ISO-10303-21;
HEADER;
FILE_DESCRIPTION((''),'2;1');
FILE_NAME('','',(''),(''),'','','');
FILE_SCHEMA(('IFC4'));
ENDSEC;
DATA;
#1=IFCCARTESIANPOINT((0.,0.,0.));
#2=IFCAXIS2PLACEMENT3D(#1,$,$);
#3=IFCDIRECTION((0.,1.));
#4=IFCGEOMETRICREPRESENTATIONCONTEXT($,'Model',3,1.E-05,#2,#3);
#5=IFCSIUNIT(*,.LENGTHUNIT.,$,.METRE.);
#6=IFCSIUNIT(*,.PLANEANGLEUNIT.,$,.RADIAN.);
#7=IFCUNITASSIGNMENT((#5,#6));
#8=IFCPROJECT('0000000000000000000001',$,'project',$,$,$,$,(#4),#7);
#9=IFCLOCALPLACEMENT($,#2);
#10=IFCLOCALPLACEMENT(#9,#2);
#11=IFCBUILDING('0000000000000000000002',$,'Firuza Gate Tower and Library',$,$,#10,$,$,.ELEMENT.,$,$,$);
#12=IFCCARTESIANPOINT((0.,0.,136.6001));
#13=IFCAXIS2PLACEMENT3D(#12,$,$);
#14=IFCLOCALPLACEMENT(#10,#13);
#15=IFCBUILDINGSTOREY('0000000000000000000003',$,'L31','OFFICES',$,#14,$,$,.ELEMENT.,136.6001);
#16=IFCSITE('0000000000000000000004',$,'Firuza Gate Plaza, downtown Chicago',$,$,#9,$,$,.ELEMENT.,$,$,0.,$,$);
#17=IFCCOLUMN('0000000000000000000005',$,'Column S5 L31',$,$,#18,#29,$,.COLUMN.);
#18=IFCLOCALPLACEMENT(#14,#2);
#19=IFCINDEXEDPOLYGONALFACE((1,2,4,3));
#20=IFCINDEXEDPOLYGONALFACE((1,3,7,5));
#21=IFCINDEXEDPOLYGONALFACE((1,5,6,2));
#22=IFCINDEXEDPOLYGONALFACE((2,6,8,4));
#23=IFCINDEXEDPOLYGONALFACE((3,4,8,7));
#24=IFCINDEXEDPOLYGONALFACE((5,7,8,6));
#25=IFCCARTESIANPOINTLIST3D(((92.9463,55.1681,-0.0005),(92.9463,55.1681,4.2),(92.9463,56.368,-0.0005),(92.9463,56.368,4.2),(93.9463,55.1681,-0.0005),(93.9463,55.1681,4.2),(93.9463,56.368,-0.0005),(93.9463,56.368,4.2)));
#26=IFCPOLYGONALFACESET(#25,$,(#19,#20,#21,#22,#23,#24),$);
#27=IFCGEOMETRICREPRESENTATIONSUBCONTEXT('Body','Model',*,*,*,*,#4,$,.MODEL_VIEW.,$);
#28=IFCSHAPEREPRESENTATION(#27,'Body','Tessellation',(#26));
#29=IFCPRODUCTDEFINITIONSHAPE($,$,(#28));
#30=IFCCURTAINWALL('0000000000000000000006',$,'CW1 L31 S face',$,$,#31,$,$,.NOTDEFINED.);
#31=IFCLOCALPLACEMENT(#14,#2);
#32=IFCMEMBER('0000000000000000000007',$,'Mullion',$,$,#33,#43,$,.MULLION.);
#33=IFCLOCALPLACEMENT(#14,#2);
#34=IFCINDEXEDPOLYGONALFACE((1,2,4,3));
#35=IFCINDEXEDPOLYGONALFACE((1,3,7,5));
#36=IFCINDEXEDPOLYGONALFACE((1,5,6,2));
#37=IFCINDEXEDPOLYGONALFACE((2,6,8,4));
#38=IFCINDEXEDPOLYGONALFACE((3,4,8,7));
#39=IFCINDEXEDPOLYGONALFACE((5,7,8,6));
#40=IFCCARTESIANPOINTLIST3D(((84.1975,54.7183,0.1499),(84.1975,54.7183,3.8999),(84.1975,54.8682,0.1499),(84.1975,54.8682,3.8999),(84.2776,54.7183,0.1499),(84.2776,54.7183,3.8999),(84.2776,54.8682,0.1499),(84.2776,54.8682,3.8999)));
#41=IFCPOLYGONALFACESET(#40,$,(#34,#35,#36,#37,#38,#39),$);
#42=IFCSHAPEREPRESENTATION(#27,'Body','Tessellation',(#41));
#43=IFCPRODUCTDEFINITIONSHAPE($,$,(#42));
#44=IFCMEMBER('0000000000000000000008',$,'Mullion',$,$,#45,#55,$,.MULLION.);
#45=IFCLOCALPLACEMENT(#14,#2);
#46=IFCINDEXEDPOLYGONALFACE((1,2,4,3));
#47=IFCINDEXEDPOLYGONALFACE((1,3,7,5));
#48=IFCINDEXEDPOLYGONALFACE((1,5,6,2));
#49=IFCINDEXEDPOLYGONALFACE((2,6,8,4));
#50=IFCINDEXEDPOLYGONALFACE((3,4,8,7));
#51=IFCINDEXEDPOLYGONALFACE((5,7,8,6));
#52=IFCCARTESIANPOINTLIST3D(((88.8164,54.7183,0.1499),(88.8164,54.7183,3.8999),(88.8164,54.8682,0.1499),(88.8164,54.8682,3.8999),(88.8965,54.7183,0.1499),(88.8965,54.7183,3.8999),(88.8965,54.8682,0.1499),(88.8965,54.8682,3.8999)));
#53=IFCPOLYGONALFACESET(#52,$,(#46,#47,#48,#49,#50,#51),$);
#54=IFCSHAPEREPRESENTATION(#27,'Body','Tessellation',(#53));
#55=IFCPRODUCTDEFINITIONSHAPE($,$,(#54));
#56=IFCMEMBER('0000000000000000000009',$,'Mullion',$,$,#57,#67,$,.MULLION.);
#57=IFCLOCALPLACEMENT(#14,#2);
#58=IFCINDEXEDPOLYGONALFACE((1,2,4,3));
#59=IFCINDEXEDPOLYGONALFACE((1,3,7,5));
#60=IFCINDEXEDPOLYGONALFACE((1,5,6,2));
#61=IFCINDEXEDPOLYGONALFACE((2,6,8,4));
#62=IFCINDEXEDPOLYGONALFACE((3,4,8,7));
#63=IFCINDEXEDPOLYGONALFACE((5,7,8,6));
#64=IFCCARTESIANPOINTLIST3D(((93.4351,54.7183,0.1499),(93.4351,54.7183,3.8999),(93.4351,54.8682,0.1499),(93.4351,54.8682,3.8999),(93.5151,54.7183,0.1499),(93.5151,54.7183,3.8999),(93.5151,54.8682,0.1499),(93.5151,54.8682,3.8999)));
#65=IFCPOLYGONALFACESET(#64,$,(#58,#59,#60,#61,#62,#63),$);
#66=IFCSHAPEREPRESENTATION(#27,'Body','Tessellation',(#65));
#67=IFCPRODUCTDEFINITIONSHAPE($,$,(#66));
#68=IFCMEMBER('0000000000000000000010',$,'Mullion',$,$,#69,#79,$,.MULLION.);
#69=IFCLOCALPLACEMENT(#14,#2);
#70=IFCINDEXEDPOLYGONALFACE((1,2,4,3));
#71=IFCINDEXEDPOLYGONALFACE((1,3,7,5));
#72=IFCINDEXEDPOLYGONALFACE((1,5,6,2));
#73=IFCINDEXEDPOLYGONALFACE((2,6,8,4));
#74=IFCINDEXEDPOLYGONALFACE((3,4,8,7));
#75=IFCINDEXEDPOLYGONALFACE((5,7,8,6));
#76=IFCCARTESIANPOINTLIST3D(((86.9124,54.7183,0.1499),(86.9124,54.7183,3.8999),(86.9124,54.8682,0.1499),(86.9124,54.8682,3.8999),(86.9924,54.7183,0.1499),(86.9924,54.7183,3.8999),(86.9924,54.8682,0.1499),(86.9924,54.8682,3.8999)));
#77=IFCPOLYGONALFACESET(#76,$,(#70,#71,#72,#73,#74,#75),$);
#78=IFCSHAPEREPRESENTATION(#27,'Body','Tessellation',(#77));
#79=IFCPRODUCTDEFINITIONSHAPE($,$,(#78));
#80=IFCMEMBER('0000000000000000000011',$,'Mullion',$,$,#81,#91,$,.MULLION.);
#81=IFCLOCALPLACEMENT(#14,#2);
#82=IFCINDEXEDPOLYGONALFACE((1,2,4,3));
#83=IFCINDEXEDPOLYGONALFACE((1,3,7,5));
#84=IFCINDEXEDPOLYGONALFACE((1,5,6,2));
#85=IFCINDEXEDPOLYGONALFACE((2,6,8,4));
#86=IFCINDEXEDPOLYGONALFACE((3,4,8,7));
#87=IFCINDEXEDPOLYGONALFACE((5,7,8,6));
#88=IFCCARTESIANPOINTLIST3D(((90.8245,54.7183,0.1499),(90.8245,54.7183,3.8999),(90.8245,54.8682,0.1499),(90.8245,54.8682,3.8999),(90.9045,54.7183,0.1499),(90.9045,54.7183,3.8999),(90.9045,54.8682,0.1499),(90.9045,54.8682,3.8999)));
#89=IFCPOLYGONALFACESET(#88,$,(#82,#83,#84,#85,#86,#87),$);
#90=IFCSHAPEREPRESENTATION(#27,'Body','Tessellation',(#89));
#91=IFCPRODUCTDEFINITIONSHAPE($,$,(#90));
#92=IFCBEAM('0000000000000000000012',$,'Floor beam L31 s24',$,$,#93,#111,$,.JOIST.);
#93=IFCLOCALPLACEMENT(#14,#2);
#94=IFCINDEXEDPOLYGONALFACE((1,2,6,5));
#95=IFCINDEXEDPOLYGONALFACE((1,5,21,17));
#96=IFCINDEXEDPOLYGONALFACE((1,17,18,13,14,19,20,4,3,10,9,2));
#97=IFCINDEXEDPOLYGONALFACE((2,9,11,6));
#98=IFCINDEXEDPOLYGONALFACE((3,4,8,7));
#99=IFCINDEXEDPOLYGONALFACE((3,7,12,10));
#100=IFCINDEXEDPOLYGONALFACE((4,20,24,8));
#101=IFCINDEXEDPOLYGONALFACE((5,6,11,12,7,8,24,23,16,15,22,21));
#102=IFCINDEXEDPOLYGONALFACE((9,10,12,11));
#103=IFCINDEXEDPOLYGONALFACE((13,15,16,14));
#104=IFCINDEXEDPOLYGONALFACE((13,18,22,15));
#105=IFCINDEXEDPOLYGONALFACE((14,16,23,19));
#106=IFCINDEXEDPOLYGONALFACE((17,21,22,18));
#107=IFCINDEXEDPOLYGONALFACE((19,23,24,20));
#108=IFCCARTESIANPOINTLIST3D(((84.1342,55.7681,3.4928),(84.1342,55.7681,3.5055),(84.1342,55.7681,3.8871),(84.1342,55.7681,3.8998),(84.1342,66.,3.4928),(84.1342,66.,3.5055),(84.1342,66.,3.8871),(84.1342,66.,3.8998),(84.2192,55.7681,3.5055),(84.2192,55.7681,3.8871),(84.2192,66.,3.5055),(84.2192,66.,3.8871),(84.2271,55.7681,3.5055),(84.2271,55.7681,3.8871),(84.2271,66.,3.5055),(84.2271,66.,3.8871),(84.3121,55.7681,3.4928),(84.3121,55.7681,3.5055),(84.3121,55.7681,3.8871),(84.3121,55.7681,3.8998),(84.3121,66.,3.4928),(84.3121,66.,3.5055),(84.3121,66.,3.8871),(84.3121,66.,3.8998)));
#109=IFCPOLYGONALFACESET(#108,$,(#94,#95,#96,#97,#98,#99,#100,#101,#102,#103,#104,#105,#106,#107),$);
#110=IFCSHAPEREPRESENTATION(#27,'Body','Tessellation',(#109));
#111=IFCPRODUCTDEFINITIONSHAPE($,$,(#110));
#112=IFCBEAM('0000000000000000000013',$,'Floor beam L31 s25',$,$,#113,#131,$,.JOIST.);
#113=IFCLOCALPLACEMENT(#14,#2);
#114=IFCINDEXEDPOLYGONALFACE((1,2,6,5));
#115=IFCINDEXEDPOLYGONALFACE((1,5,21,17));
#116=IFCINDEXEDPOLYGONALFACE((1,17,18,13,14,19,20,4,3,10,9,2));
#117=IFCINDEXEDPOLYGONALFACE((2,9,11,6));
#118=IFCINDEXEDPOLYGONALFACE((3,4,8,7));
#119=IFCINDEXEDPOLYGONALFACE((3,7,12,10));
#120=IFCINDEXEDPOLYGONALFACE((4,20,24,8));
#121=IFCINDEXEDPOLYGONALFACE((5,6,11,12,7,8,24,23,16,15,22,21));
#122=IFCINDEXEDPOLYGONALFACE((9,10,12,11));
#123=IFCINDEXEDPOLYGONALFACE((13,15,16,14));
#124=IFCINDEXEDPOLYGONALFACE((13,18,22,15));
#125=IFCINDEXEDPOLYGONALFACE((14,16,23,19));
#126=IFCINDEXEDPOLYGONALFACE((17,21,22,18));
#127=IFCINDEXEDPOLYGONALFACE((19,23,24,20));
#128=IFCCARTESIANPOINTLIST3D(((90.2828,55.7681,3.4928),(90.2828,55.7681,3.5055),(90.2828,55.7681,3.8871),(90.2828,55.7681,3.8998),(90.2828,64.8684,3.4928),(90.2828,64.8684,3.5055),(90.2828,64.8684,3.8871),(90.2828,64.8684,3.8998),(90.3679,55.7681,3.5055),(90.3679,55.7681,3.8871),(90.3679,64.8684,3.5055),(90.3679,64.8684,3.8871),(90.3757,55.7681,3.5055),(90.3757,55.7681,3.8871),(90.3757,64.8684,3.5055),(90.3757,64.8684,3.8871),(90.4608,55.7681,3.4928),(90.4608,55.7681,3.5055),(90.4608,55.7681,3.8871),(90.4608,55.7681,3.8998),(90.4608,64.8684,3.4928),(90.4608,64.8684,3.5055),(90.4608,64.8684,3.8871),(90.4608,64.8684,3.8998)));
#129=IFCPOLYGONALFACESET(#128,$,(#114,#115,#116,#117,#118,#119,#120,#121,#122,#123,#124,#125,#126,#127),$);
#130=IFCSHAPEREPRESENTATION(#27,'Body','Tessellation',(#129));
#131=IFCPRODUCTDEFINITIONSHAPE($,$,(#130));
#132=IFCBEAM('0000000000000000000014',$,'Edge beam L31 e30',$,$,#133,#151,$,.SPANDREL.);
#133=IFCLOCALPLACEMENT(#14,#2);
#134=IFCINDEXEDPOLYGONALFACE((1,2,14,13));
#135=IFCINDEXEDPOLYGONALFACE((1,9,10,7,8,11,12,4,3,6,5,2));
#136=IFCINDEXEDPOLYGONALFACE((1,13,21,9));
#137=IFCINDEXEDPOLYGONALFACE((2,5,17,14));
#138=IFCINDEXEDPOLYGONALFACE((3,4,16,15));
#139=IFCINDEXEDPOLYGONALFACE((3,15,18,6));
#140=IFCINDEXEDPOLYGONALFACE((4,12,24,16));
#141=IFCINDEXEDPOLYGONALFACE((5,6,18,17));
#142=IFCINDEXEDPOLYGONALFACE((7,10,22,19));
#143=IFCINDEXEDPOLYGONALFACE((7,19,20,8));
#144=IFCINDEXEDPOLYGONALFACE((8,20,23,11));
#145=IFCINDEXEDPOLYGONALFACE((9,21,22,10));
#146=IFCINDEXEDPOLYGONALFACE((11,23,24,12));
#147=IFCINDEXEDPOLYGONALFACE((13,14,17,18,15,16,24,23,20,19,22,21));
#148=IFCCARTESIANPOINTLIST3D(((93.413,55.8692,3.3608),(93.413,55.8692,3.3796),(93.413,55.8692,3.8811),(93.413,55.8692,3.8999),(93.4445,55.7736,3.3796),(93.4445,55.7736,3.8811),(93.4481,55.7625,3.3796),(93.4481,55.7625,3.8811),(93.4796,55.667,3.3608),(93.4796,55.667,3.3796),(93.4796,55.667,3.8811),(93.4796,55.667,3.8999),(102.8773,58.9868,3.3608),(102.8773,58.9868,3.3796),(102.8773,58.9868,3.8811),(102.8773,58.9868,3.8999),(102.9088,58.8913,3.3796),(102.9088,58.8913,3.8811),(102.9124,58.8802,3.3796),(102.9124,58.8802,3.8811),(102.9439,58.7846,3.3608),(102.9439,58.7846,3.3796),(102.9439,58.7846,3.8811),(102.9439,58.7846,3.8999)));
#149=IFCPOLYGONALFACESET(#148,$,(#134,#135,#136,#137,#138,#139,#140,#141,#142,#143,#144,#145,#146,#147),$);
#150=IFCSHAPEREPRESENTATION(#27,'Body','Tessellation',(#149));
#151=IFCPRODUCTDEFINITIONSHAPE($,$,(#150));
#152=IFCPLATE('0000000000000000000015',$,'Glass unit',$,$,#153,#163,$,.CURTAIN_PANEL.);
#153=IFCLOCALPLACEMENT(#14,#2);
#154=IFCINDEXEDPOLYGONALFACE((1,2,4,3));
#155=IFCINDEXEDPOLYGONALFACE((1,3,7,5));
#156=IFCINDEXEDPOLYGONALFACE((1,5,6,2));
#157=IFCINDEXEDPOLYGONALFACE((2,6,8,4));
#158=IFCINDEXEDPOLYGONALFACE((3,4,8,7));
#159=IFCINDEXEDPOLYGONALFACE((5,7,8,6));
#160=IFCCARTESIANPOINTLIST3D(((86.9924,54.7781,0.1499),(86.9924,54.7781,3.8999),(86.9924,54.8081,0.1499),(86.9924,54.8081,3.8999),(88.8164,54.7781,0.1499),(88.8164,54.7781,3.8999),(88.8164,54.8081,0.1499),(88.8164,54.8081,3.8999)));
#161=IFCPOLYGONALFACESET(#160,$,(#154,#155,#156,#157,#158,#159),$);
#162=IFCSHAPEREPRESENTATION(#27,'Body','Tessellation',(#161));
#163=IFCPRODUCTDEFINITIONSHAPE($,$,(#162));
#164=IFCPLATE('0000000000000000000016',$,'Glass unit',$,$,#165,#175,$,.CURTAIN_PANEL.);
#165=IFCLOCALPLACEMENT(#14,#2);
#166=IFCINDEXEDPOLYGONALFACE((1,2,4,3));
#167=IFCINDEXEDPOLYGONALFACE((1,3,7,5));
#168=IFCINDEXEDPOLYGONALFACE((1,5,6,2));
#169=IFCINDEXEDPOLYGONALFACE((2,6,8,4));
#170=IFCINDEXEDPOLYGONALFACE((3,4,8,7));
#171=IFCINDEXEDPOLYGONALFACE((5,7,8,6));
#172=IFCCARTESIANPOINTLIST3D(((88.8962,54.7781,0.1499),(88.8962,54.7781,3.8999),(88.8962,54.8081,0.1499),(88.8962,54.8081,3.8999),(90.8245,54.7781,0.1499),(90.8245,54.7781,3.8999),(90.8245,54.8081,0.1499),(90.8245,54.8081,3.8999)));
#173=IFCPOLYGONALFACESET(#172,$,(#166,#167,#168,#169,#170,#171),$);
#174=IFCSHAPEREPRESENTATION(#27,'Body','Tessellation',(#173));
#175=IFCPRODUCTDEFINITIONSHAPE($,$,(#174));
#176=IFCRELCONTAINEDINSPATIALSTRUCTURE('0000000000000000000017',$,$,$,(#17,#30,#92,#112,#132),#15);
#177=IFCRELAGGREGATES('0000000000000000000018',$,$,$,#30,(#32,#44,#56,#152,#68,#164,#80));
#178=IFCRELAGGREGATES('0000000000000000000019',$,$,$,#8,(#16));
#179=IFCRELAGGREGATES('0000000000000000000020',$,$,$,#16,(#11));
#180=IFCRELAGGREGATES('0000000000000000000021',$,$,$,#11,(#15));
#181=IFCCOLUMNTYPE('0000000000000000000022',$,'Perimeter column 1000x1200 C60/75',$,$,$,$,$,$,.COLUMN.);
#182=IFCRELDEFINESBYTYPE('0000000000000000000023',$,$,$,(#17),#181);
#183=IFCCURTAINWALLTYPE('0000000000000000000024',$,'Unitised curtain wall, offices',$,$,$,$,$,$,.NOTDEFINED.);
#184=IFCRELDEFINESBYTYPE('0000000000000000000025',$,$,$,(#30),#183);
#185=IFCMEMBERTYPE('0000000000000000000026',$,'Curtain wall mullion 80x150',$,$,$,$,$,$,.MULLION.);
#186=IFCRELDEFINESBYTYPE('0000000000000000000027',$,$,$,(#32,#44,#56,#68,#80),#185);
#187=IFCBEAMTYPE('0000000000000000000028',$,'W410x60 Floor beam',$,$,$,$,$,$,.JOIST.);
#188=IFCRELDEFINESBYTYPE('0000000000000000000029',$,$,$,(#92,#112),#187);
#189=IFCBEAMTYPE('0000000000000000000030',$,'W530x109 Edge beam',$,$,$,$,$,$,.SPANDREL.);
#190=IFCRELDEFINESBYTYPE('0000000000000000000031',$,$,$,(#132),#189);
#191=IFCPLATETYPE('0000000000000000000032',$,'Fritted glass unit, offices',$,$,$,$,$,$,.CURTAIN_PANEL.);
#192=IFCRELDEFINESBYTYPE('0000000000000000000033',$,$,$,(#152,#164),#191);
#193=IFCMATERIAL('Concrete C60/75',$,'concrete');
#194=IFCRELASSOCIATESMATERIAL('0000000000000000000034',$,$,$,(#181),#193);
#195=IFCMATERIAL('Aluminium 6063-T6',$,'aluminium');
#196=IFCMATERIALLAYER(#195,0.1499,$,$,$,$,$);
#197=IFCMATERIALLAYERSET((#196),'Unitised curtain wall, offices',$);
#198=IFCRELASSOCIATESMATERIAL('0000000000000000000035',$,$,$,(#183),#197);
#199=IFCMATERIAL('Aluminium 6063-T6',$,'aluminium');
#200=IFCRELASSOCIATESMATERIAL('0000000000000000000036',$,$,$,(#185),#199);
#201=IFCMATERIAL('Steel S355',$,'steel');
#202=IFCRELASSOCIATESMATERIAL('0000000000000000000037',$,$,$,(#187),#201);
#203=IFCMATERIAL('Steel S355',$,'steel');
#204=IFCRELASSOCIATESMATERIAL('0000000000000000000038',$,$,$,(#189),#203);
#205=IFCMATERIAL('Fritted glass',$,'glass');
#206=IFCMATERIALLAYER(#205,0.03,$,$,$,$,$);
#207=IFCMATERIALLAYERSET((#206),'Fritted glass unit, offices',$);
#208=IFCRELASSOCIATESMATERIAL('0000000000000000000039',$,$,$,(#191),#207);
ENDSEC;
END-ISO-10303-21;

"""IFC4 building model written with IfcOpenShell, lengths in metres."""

from ifc_helpers import new_model, si_unit, direction, frame, origin, origin_2d, place, context, subcontext, project, spatial, polyline, rectangle, i_section, outline, extrude, material, layer, layer_set, material_profile, profile_set, type_object, element, aggregate, save


model = new_model("IFC4")

# Units and contexts
model_context = context("Model", 3, precision=1e-05, world=origin(), true_north=direction((0.0, 1.0)))
body_context = subcontext(model_context, "Body", "Model", "MODEL_VIEW")
ifc_project = project(units=[si_unit("LENGTHUNIT", "METRE"), si_unit("PLANEANGLEUNIT", "RADIAN")], contexts=[model_context])

# Site, building, storey
site_placement = place(None, origin())
site = spatial("IfcSite", under=ifc_project, at=site_placement, Name="Firuza Gate Plaza, downtown Chicago", CompositionType="ELEMENT", RefElevation=0.0)
building_placement = place(site_placement, origin())
building = spatial("IfcBuilding", under=site, at=building_placement, Name="Firuza Gate Tower and Library", CompositionType="ELEMENT")
storey_placement = place(building_placement, frame((0.0, 0.0, 136.6001)))
storey = spatial("IfcBuildingStorey", under=building, at=storey_placement, Name="L31", Description="OFFICES", CompositionType="ELEMENT", Elevation=136.6001)

# Column
ifc_material_1 = material(Name="Concrete C60/75", Category="concrete")
ifc_material_profile_1 = material_profile(ifc_material_1, rectangle(XDim=1.0, YDim=1.2, at=origin_2d()))
ifc_profile_set_1 = profile_set([ifc_material_profile_1], Name="Concrete C60/75")
column_type = type_object("IfcColumnType", Name="Perimeter column 1000x1200 C60/75", PredefinedType="COLUMN", material=ifc_profile_set_1)
column_placement = place(storey_placement, frame((93.4463, 55.7681, -0.0005), z_axis=(0.0, 0.0, 1.0), x_axis=(1.0, 0.0, 0.0)))
element("IfcColumn", 1, at=column_placement, inside=storey, type_object=column_type, Name="Column S5 L31", PredefinedType="COLUMN", context=body_context, shape_type="SweptSolid", body=[
    extrude(rectangle(XDim=1.0, YDim=1.2, at=origin_2d()), origin(), (0.0, 0.0, 1.0), 4.2004),
])

# Curtain wall, members
ifc_material_2 = material(Name="Aluminium 6063-T6", Category="aluminium")
ifc_layer_1 = layer(ifc_material_2, 0.1499)
ifc_layer_set_1 = layer_set([ifc_layer_1], Name="Unitised curtain wall, offices")
curtain_wall_type = type_object("IfcCurtainWallType", Name="Unitised curtain wall, offices", PredefinedType="NOTDEFINED", material=ifc_layer_set_1)
curtain_wall_placement = place(storey_placement, origin())
curtain_wall = element("IfcCurtainWall", 2, at=curtain_wall_placement, inside=storey, type_object=curtain_wall_type, Name="CW1 L31 S face", PredefinedType="NOTDEFINED")
ifc_material_3 = material(Name="Aluminium 6063-T6", Category="aluminium")
ifc_material_profile_2 = material_profile(ifc_material_3, rectangle(XDim=0.1499, YDim=0.0801, at=origin_2d()))
ifc_profile_set_2 = profile_set([ifc_material_profile_2], Name="Aluminium 6063-T6")
member_type = type_object("IfcMemberType", Name="Curtain wall mullion 80x150", PredefinedType="MULLION", material=ifc_profile_set_2)
member_1_placement = place(storey_placement, frame((84.2375, 54.7932, 0.1499), z_axis=(0.0, 0.0, 1.0), x_axis=(0.0, 1.0, 0.0)))
member_1 = element("IfcMember", 3, at=member_1_placement, type_object=member_type, Name="Mullion", PredefinedType="MULLION", context=body_context, shape_type="SweptSolid", body=[
    extrude(rectangle(XDim=0.1499, YDim=0.0801, at=origin_2d()), origin(), (0.0, 0.0, 1.0), 3.75),
])
member_2_placement = place(storey_placement, frame((88.8564, 54.7932, 0.1499), z_axis=(0.0, 0.0, 1.0), x_axis=(0.0, 1.0, 0.0)))
member_2 = element("IfcMember", 4, at=member_2_placement, type_object=member_type, Name="Mullion", PredefinedType="MULLION", context=body_context, shape_type="SweptSolid", body=[
    extrude(rectangle(XDim=0.1499, YDim=0.0801, at=origin_2d()), origin(), (0.0, 0.0, 1.0), 3.75),
])
member_3_placement = place(storey_placement, frame((93.4751, 54.7932, 0.1499), z_axis=(0.0, 0.0, 1.0), x_axis=(0.0, 1.0, 0.0)))
member_3 = element("IfcMember", 5, at=member_3_placement, type_object=member_type, Name="Mullion", PredefinedType="MULLION", context=body_context, shape_type="SweptSolid", body=[
    extrude(rectangle(XDim=0.1499, YDim=0.0801, at=origin_2d()), origin(), (0.0, 0.0, 1.0), 3.75),
])
member_4_placement = place(storey_placement, frame((86.9524, 54.7932, 0.1499), z_axis=(0.0, 0.0, 1.0), x_axis=(0.0, 1.0, 0.0)))
member_4 = element("IfcMember", 6, at=member_4_placement, type_object=member_type, Name="Mullion", PredefinedType="MULLION", context=body_context, shape_type="SweptSolid", body=[
    extrude(rectangle(XDim=0.1499, YDim=0.0801, at=origin_2d()), origin(), (0.0, 0.0, 1.0), 3.75),
])
member_5_placement = place(storey_placement, frame((90.8645, 54.7932, 0.1499), z_axis=(0.0, 0.0, 1.0), x_axis=(0.0, 1.0, 0.0)))
member_5 = element("IfcMember", 7, at=member_5_placement, type_object=member_type, Name="Mullion", PredefinedType="MULLION", context=body_context, shape_type="SweptSolid", body=[
    extrude(rectangle(XDim=0.1499, YDim=0.0801, at=origin_2d()), origin(), (0.0, 0.0, 1.0), 3.75),
])

# Beams
ifc_material_4 = material(Name="Steel S355", Category="steel")
ifc_material_profile_3 = material_profile(ifc_material_4, i_section(OverallWidth=0.178, OverallDepth=0.407, WebThickness=0.0078, FlangeThickness=0.0127, at=origin_2d()))
ifc_profile_set_3 = profile_set([ifc_material_profile_3], Name="Steel S355")
beam_type_1 = type_object("IfcBeamType", Name="W410x60 Floor beam", PredefinedType="JOIST", material=ifc_profile_set_3)
beam_1_placement = place(storey_placement, frame((84.2231, 55.7681, 3.6963), z_axis=(0.0, 1.0, 0.0), x_axis=(-1.0, 0.0, 0.0)))
element("IfcBeam", 8, at=beam_1_placement, inside=storey, type_object=beam_type_1, Name="Floor beam L31 s24", PredefinedType="JOIST", context=body_context, shape_type="SweptSolid", body=[
    extrude(i_section(OverallWidth=0.178, OverallDepth=0.407, WebThickness=0.0078, FlangeThickness=0.0127, at=origin_2d()), origin(), (0.0, 0.0, 1.0), 10.2319),
])
beam_2_placement = place(storey_placement, frame((90.3718, 55.7681, 3.6963), z_axis=(0.0, 1.0, 0.0), x_axis=(-1.0, 0.0, 0.0)))
element("IfcBeam", 9, at=beam_2_placement, inside=storey, type_object=beam_type_1, Name="Floor beam L31 s25", PredefinedType="JOIST", context=body_context, shape_type="SweptSolid", body=[
    extrude(i_section(OverallWidth=0.178, OverallDepth=0.407, WebThickness=0.0078, FlangeThickness=0.0127, at=origin_2d()), origin(), (0.0, 0.0, 1.0), 9.1003),
])
ifc_material_5 = material(Name="Steel S355", Category="steel")
ifc_material_profile_4 = material_profile(ifc_material_5, i_section(OverallWidth=0.2129, OverallDepth=0.5391, WebThickness=0.0117, FlangeThickness=0.0188, at=origin_2d()))
ifc_profile_set_4 = profile_set([ifc_material_profile_4], Name="Steel S355")
beam_type_2 = type_object("IfcBeamType", Name="W530x109 Edge beam", PredefinedType="SPANDREL", material=ifc_profile_set_4)
beam_3_placement = place(storey_placement, frame((93.4463, 55.7681, 3.6304), z_axis=(0.949795, 0.312874, 0.0), x_axis=(-0.312874, 0.949795, 0.0)))
element("IfcBeam", 10, at=beam_3_placement, inside=storey, type_object=beam_type_2, Name="Edge beam L31 e30", PredefinedType="SPANDREL", context=body_context, shape_type="SweptSolid", body=[
    extrude(i_section(OverallWidth=0.2129, OverallDepth=0.5391, WebThickness=0.0117, FlangeThickness=0.0188, at=origin_2d()), origin(), (0.0, 0.0, 1.0), 9.9646),
])

# Plates
ifc_material_6 = material(Name="Fritted glass", Category="glass")
ifc_layer_2 = layer(ifc_material_6, 0.03)
ifc_layer_set_2 = layer_set([ifc_layer_2], Name="Fritted glass unit, offices")
plate_type_1 = type_object("IfcPlateType", Name="Fritted glass unit, offices", PredefinedType="CURTAIN_PANEL", material=ifc_layer_set_2)
plate_1_placement = place(storey_placement, frame((86.9924, 54.7781, 0.1499), z_axis=(0.0, -1.0, 0.0), x_axis=(1.0, 0.0, 0.0)))
plate_1 = element("IfcPlate", 11, at=plate_1_placement, type_object=plate_type_1, Name="Glass unit", PredefinedType="CURTAIN_PANEL", context=body_context, shape_type="SweptSolid", body=[
    extrude(outline(polyline([(0.0, 0.0), (1.824, 0.0), (1.824, 3.75), (0.0, 3.75), (0.0, 0.0)])), origin(), (0.0, 0.0, -1.0), 0.03),
])
plate_2_placement = place(storey_placement, frame((88.8962, 54.7781, 0.1499), z_axis=(0.0, -1.0, 0.0), x_axis=(1.0, 0.0, 0.0)))
plate_2 = element("IfcPlate", 12, at=plate_2_placement, type_object=plate_type_1, Name="Glass unit", PredefinedType="CURTAIN_PANEL", context=body_context, shape_type="SweptSolid", body=[
    extrude(outline(polyline([(0.0, 0.0), (1.9282, 0.0), (1.9282, 3.75), (0.0, 3.75), (0.0, 0.0)])), origin(), (0.0, 0.0, -1.0), 0.03),
])
aggregate(curtain_wall, [member_1, member_2, member_3, plate_1, member_4, plate_2, member_5])

save(model, "model.ifc")
